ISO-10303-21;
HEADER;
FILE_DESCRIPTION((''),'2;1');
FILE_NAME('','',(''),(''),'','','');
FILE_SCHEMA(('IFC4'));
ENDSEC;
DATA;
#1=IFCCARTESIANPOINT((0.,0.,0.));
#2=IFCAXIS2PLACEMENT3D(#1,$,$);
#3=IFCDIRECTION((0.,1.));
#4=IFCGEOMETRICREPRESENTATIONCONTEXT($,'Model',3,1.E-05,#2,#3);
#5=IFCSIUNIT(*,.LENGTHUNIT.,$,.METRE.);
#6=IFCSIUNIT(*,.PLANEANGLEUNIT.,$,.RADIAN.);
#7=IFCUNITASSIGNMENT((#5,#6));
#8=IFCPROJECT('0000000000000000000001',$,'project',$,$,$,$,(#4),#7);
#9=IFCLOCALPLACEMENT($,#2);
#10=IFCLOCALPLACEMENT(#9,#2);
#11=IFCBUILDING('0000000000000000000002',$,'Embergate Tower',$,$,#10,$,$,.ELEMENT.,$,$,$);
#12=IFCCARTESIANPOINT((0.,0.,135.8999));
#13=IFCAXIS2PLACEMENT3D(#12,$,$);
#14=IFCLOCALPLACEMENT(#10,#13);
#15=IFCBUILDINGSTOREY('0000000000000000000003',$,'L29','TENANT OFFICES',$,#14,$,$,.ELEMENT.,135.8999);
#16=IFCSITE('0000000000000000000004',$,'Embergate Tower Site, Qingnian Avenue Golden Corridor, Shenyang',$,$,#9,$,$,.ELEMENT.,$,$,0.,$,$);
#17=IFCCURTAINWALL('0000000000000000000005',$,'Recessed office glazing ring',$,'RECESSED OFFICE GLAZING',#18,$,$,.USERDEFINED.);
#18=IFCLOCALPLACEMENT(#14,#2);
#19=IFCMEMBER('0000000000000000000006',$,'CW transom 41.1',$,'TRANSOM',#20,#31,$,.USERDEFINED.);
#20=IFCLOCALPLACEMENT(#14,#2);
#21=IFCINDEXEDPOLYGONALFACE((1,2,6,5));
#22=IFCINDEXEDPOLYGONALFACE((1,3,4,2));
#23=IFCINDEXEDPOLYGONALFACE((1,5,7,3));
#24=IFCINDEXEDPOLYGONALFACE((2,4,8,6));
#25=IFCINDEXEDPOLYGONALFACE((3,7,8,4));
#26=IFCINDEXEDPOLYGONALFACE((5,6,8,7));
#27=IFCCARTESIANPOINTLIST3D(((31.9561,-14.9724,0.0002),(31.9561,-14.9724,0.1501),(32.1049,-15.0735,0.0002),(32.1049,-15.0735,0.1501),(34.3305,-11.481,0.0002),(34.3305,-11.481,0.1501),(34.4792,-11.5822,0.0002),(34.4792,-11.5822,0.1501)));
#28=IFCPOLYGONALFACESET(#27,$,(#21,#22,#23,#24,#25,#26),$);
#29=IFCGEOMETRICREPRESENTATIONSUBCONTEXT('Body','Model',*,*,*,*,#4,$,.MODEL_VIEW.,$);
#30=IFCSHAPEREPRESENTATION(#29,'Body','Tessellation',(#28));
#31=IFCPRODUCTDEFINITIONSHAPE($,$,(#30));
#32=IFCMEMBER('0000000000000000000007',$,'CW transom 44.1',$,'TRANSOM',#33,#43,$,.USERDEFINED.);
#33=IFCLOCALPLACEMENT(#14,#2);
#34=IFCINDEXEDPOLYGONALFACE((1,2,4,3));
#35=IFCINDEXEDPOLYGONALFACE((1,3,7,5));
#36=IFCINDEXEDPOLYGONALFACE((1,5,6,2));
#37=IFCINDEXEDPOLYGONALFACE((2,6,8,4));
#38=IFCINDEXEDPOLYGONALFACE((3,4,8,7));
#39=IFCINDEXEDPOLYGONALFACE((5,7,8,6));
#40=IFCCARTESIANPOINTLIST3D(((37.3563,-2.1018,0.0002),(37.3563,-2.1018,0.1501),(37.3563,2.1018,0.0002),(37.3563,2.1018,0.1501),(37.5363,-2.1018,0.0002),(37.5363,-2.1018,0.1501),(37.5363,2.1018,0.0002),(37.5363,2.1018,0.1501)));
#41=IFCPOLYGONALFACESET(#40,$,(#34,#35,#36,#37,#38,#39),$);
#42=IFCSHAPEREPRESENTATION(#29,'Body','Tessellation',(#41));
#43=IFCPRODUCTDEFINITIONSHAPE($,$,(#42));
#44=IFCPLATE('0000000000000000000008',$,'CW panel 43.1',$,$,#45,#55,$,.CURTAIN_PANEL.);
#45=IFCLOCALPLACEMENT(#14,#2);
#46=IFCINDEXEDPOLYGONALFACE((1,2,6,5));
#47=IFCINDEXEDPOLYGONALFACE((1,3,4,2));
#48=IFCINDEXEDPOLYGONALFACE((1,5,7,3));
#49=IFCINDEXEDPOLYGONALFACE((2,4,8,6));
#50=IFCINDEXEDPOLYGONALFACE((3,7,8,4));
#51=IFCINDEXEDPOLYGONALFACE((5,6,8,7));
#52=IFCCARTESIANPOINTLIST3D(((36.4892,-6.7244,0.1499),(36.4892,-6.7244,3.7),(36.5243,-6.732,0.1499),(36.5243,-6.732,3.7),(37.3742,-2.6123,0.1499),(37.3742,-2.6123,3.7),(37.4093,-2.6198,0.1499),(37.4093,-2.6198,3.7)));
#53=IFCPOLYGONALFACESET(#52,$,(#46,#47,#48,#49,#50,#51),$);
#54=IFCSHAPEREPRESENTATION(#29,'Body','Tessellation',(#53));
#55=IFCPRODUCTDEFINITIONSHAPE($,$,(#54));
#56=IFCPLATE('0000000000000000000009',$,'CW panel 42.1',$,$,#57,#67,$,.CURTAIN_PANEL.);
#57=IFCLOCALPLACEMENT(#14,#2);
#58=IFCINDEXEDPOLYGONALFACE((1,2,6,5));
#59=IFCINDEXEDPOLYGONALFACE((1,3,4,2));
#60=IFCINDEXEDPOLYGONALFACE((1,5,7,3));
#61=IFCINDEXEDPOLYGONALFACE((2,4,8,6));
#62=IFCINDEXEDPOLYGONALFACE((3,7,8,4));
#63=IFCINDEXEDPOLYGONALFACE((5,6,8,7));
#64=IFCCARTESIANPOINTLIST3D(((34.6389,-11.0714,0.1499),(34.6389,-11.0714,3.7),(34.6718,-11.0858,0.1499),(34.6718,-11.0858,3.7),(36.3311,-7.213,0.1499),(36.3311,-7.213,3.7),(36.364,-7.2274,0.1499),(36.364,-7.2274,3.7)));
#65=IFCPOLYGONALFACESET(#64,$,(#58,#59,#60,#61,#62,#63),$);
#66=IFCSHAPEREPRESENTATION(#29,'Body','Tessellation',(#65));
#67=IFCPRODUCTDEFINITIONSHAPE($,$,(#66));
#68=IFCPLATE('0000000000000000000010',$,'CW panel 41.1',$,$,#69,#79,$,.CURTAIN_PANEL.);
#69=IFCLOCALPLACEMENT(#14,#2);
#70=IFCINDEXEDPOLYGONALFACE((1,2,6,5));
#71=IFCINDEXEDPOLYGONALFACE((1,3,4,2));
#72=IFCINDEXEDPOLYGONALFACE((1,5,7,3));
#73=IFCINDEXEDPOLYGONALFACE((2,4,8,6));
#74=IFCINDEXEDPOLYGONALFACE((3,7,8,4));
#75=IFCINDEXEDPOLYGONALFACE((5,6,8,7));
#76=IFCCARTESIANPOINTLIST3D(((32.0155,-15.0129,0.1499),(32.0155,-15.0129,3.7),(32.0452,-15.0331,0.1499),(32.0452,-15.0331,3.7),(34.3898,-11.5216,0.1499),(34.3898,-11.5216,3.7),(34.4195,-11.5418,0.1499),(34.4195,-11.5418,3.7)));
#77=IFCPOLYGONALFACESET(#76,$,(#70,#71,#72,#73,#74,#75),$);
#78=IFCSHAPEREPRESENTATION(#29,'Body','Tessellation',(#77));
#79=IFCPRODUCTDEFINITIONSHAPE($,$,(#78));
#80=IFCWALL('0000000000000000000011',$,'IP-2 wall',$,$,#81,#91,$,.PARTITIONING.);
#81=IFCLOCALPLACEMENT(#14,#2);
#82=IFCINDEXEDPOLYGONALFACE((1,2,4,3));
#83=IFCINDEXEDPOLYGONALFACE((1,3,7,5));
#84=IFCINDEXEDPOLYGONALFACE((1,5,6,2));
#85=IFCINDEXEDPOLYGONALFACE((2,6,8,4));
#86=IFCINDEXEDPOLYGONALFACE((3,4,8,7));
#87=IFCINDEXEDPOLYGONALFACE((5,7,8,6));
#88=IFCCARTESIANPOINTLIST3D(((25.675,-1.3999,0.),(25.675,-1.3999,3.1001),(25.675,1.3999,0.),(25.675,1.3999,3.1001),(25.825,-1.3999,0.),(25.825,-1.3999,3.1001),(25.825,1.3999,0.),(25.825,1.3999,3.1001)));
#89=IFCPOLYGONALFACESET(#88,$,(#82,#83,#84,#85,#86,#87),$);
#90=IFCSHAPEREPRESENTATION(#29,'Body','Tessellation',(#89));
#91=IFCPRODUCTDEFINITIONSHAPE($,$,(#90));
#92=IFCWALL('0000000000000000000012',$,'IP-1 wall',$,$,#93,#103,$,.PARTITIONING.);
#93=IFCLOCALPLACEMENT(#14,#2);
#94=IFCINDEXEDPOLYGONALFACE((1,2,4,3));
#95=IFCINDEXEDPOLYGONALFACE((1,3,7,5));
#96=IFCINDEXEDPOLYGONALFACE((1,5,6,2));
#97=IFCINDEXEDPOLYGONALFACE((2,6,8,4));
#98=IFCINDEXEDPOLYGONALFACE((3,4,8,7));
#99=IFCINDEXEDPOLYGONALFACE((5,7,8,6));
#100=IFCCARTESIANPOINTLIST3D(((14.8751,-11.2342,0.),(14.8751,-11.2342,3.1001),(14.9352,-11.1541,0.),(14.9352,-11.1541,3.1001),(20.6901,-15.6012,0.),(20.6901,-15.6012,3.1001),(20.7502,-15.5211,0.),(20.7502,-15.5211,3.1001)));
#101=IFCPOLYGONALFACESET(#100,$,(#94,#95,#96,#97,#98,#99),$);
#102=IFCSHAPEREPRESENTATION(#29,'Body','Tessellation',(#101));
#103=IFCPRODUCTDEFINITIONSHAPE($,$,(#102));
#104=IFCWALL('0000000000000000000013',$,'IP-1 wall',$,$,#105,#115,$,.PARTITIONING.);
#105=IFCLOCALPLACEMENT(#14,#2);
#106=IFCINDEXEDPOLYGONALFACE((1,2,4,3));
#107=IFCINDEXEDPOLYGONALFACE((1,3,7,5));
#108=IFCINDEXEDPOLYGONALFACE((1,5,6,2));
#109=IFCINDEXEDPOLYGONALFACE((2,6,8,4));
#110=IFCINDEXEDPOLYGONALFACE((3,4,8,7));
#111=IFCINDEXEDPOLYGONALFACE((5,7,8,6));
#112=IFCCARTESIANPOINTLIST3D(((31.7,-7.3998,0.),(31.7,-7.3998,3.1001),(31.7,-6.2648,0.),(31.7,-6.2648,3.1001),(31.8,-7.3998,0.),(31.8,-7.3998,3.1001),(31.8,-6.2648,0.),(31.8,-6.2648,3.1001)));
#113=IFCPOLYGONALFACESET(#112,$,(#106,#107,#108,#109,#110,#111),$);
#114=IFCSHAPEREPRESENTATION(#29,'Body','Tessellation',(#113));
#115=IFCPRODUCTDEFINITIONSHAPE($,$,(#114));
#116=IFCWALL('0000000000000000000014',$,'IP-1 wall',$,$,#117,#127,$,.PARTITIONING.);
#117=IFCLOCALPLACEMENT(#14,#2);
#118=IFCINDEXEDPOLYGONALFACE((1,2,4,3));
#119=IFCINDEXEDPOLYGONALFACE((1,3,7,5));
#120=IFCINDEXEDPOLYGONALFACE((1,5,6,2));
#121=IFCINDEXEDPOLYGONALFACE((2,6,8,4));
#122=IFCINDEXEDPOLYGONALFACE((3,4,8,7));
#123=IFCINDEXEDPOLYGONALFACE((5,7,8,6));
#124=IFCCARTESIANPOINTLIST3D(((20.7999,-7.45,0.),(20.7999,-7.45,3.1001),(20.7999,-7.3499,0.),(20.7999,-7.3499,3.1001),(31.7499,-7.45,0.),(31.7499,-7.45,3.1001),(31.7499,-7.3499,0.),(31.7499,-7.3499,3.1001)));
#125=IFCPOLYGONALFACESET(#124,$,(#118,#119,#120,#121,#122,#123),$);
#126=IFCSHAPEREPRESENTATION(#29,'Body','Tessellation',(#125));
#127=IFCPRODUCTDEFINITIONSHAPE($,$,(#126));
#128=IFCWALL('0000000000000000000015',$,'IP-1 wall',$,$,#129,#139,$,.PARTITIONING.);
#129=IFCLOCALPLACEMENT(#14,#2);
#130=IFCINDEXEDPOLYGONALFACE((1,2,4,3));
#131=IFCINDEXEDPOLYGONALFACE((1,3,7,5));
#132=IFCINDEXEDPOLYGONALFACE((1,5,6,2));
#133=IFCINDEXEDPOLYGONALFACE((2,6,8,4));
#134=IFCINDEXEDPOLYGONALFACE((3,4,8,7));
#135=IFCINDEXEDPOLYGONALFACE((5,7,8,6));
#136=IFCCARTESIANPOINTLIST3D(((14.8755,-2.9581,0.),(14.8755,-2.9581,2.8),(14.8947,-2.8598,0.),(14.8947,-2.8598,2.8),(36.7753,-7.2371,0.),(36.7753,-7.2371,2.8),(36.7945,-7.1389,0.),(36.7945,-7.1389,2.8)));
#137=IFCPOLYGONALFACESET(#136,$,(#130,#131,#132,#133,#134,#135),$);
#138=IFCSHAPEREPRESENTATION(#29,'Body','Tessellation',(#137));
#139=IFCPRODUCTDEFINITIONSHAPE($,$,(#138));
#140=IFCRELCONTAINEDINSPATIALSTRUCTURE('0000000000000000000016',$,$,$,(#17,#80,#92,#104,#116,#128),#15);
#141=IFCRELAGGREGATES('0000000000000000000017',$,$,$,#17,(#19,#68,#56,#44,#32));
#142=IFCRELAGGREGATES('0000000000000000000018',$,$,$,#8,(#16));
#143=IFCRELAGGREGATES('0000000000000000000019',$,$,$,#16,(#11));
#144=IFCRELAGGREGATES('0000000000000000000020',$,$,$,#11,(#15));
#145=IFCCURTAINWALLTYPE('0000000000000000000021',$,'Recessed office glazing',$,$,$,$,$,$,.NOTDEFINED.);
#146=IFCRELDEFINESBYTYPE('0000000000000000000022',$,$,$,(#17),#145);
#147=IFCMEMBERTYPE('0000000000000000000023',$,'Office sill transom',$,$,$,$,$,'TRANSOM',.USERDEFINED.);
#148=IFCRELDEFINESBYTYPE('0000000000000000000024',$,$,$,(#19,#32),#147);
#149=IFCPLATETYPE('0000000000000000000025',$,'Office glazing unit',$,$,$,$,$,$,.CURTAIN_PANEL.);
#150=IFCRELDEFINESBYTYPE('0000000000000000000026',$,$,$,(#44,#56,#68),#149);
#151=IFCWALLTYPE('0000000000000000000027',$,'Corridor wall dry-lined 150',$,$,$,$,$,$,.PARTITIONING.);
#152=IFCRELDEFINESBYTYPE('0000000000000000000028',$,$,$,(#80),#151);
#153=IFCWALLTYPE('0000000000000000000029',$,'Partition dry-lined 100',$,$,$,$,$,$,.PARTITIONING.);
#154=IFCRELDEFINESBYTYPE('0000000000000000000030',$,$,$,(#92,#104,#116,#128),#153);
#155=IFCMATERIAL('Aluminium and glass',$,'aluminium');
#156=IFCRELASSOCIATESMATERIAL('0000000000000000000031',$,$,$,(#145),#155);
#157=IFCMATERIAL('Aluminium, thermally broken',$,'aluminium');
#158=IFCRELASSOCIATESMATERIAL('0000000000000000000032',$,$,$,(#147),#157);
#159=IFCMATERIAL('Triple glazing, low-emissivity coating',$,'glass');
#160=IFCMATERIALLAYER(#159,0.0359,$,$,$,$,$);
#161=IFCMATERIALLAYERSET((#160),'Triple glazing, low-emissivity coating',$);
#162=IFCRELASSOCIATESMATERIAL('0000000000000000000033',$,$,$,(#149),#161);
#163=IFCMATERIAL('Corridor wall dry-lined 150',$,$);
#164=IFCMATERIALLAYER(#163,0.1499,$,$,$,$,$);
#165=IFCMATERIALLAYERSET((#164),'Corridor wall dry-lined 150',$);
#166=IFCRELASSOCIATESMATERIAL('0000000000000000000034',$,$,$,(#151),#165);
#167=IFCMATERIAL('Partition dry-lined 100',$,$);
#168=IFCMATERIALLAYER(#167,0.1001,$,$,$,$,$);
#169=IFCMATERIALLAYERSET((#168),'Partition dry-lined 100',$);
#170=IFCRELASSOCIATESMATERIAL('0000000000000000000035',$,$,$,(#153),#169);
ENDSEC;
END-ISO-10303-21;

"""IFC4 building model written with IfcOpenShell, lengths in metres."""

from ifc_helpers import new_model, si_unit, direction, frame, frame_2d, origin, origin_2d, place, context, subcontext, project, spatial, rectangle, extrude, source, transform, mapped, material, layer, layer_set, material_profile, profile_set, type_object, element, aggregate, save


model = new_model("IFC4")

# Units and contexts
model_context = context("Model", 3, precision=1e-05, world=origin(), true_north=direction((0.0, 1.0)))
body_context = subcontext(model_context, "Body", "Model", "MODEL_VIEW")
ifc_project = project(units=[si_unit("LENGTHUNIT", "METRE"), si_unit("PLANEANGLEUNIT", "RADIAN")], contexts=[model_context])

# Site, building, storey
site_placement = place(None, origin())
site = spatial("IfcSite", under=ifc_project, at=site_placement, Name="Embergate Tower Site, Qingnian Avenue Golden Corridor, Shenyang", CompositionType="ELEMENT", RefElevation=0.0)
building_placement = place(site_placement, origin())
building = spatial("IfcBuilding", under=site, at=building_placement, Name="Embergate Tower", CompositionType="ELEMENT")
storey_placement = place(building_placement, frame((0.0, 0.0, 135.8999)))
storey = spatial("IfcBuildingStorey", under=building, at=storey_placement, Name="L29", Description="TENANT OFFICES", CompositionType="ELEMENT", Elevation=135.8999)

# Curtain wall, members, plates
ifc_material_1 = material(Name="Aluminium and glass", Category="aluminium")
curtain_wall_type = type_object("IfcCurtainWallType", Name="Recessed office glazing", PredefinedType="NOTDEFINED", material=ifc_material_1)
curtain_wall_placement = place(storey_placement, origin())
curtain_wall = element("IfcCurtainWall", 1, at=curtain_wall_placement, inside=storey, type_object=curtain_wall_type, Name="Recessed office glazing ring", ObjectType="RECESSED OFFICE GLAZING", PredefinedType="USERDEFINED")
ifc_material_2 = material(Name="Aluminium, thermally broken", Category="aluminium")
ifc_material_profile_1 = material_profile(ifc_material_2, rectangle(XDim=0.1799, YDim=0.1499, at=origin_2d()), Name="AL 150x180")
ifc_profile_set_1 = profile_set([ifc_material_profile_1], Name="Aluminium, thermally broken")
member_type_1 = type_object("IfcMemberType", Name="Office sill transom", ElementType="TRANSOM", PredefinedType="USERDEFINED", material=ifc_profile_set_1)
shared_shape_1 = source(origin(), body_context, "Body", "SweptSolid", [
    extrude(rectangle(XDim=0.1799, YDim=0.1499, at=origin_2d()), origin(), (0.0, 0.0, 1.0), 4.2222),
])
member_1_placement = place(storey_placement, frame((32.0305, -15.0229, 0.0752), z_axis=(0.56235, 0.8269, 0.0), x_axis=(-0.8269, 0.56235, 0.0)))
member_1 = element("IfcMember", 2, at=member_1_placement, type_object=member_type_1, Name="CW transom 41.1", ObjectType="TRANSOM", PredefinedType="USERDEFINED", context=body_context, shape_type="MappedRepresentation", body=[
    mapped(shared_shape_1, transform((0.0, 0.0, 0.0))),
])
shared_shape_2 = source(origin(), body_context, "Body", "SweptSolid", [
    extrude(rectangle(XDim=0.1799, YDim=0.1499, at=origin_2d()), origin(), (0.0, 0.0, 1.0), 4.2036),
])
member_2_placement = place(storey_placement, frame((37.4463, -2.1018, 0.0752), z_axis=(0.0, 1.0, 0.0), x_axis=(-1.0, 0.0, 0.0)))
member_2 = element("IfcMember", 3, at=member_2_placement, type_object=member_type_1, Name="CW transom 44.1", ObjectType="TRANSOM", PredefinedType="USERDEFINED", context=body_context, shape_type="MappedRepresentation", body=[
    mapped(shared_shape_2, transform((0.0, 0.0, 0.0))),
])
ifc_material_3 = material(Name="Triple glazing, low-emissivity coating", Category="glass")
ifc_layer_1 = layer(ifc_material_3, 0.0359)
ifc_layer_set_1 = layer_set([ifc_layer_1], Name="Triple glazing, low-emissivity coating")
plate_type = type_object("IfcPlateType", Name="Office glazing unit", PredefinedType="CURTAIN_PANEL", material=ifc_layer_set_1)
shared_shape_3 = source(origin(), body_context, "Body", "SweptSolid", [
    extrude(rectangle(XDim=4.2063, YDim=0.0359, at=origin_2d()), origin(), (0.0, 0.0, 1.0), 3.55),
])
plate_1_placement = place(storey_placement, frame((36.9492, -4.6721, 0.1499), z_axis=(0.0, 0.0, 1.0), x_axis=(0.210398, 0.977616, 0.0)))
plate_1 = element("IfcPlate", 4, at=plate_1_placement, type_object=plate_type, Name="CW panel 43.1", PredefinedType="CURTAIN_PANEL", context=body_context, shape_type="MappedRepresentation", body=[
    mapped(shared_shape_3, transform((0.0, 0.0, 0.0))),
])
shared_shape_4 = source(origin(), body_context, "Body", "SweptSolid", [
    extrude(rectangle(XDim=4.2131, YDim=0.0359, at=origin_2d()), origin(), (0.0, 0.0, 1.0), 3.55),
])
plate_2_placement = place(storey_placement, frame((35.5015, -9.1494, 0.1499), z_axis=(0.0, 0.0, 1.0), x_axis=(0.401655, 0.915791, 0.0)))
plate_2 = element("IfcPlate", 5, at=plate_2_placement, type_object=plate_type, Name="CW panel 42.1", PredefinedType="CURTAIN_PANEL", context=body_context, shape_type="MappedRepresentation", body=[
    mapped(shared_shape_4, transform((0.0, 0.0, 0.0))),
])
shared_shape_5 = source(origin(), body_context, "Body", "SweptSolid", [
    extrude(rectangle(XDim=4.2222, YDim=0.0359, at=origin_2d()), origin(), (0.0, 0.0, 1.0), 3.55),
])
plate_3_placement = place(storey_placement, frame((33.2175, -13.2773, 0.1499), z_axis=(0.0, 0.0, 1.0), x_axis=(0.562345, 0.826903, 0.0)))
plate_3 = element("IfcPlate", 6, at=plate_3_placement, type_object=plate_type, Name="CW panel 41.1", PredefinedType="CURTAIN_PANEL", context=body_context, shape_type="MappedRepresentation", body=[
    mapped(shared_shape_5, transform((0.0, 0.0, 0.0))),
])
aggregate(curtain_wall, [member_1, plate_3, plate_2, plate_1, member_2])

# Walls
ifc_material_4 = material(Name="Corridor wall dry-lined 150")
ifc_layer_2 = layer(ifc_material_4, 0.1499)
ifc_layer_set_2 = layer_set([ifc_layer_2], Name="Corridor wall dry-lined 150")
wall_type_1 = type_object("IfcWallType", Name="Corridor wall dry-lined 150", PredefinedType="PARTITIONING", material=ifc_layer_set_2)
shared_shape_6 = source(origin(), body_context, "Body", "SweptSolid", [
    extrude(rectangle(XDim=2.7998, YDim=0.1499, at=frame_2d((1.3999, 0.0))), origin(), (0.0, 0.0, 1.0), 3.1001),
])
wall_1_placement = place(storey_placement, frame((25.75, -1.3999, 0.0), z_axis=(0.0, 0.0, 1.0), x_axis=(0.0, 1.0, 0.0)))
element("IfcWall", 7, at=wall_1_placement, inside=storey, type_object=wall_type_1, Name="IP-2 wall", PredefinedType="PARTITIONING", context=body_context, shape_type="MappedRepresentation", body=[
    mapped(shared_shape_6, transform((0.0, 0.0, 0.0))),
])
ifc_material_5 = material(Name="Partition dry-lined 100")
ifc_layer_3 = layer(ifc_material_5, 0.1001)
ifc_layer_set_3 = layer_set([ifc_layer_3], Name="Partition dry-lined 100")
wall_type_2 = type_object("IfcWallType", Name="Partition dry-lined 100", PredefinedType="PARTITIONING", material=ifc_layer_set_3)
shared_shape_7 = source(origin(), body_context, "Body", "SweptSolid", [
    extrude(rectangle(XDim=7.2722, YDim=0.1001, at=frame_2d((3.6362, 0.0))), origin(), (0.0, 0.0, 1.0), 3.1001),
])
wall_2_placement = place(storey_placement, frame((14.905, -11.1941, 0.0), z_axis=(0.0, 0.0, 1.0), x_axis=(0.799621, -0.600505, 0.0)))
element("IfcWall", 8, at=wall_2_placement, inside=storey, type_object=wall_type_2, Name="IP-1 wall", PredefinedType="PARTITIONING", context=body_context, shape_type="MappedRepresentation", body=[
    mapped(shared_shape_7, transform((0.0, 0.0, 0.0))),
])
shared_shape_8 = source(origin(), body_context, "Body", "SweptSolid", [
    extrude(rectangle(XDim=1.135, YDim=0.1001, at=frame_2d((0.5674, 0.0))), origin(), (0.0, 0.0, 1.0), 3.1001),
])
wall_3_placement = place(storey_placement, frame((31.75, -6.2649, 0.0), z_axis=(0.0, 0.0, 1.0), x_axis=(0.0, -1.0, 0.0)))
element("IfcWall", 9, at=wall_3_placement, inside=storey, type_object=wall_type_2, Name="IP-1 wall", PredefinedType="PARTITIONING", context=body_context, shape_type="MappedRepresentation", body=[
    mapped(shared_shape_8, transform((0.0, 0.0, 0.0))),
])
shared_shape_9 = source(origin(), body_context, "Body", "SweptSolid", [
    extrude(rectangle(XDim=10.95, YDim=0.1001, at=frame_2d((5.4751, 0.0))), origin(), (0.0, 0.0, 1.0), 3.1001),
])
wall_4_placement = place(storey_placement, frame((31.75, -7.3999, 0.0), z_axis=(0.0, 0.0, 1.0), x_axis=(-1.0, 0.0, 0.0)))
element("IfcWall", 10, at=wall_4_placement, inside=storey, type_object=wall_type_2, Name="IP-1 wall", PredefinedType="PARTITIONING", context=body_context, shape_type="MappedRepresentation", body=[
    mapped(shared_shape_9, transform((0.0, 0.0, 0.0))),
])
shared_shape_10 = source(origin(), body_context, "Body", "SweptSolid", [
    extrude(rectangle(XDim=22.314, YDim=0.1001, at=frame_2d((11.157, 0.0))), origin(), (0.0, 0.0, 1.0), 2.8),
])
wall_5_placement = place(storey_placement, frame((36.7849, -7.188, 0.0), z_axis=(0.0, 0.0, 1.0), x_axis=(-0.981441, 0.191765, 0.0)))
element("IfcWall", 11, at=wall_5_placement, inside=storey, type_object=wall_type_2, Name="IP-1 wall", PredefinedType="PARTITIONING", context=body_context, shape_type="MappedRepresentation", body=[
    mapped(shared_shape_10, transform((0.0, 0.0, 0.0))),
])

save(model, "model.ifc")
